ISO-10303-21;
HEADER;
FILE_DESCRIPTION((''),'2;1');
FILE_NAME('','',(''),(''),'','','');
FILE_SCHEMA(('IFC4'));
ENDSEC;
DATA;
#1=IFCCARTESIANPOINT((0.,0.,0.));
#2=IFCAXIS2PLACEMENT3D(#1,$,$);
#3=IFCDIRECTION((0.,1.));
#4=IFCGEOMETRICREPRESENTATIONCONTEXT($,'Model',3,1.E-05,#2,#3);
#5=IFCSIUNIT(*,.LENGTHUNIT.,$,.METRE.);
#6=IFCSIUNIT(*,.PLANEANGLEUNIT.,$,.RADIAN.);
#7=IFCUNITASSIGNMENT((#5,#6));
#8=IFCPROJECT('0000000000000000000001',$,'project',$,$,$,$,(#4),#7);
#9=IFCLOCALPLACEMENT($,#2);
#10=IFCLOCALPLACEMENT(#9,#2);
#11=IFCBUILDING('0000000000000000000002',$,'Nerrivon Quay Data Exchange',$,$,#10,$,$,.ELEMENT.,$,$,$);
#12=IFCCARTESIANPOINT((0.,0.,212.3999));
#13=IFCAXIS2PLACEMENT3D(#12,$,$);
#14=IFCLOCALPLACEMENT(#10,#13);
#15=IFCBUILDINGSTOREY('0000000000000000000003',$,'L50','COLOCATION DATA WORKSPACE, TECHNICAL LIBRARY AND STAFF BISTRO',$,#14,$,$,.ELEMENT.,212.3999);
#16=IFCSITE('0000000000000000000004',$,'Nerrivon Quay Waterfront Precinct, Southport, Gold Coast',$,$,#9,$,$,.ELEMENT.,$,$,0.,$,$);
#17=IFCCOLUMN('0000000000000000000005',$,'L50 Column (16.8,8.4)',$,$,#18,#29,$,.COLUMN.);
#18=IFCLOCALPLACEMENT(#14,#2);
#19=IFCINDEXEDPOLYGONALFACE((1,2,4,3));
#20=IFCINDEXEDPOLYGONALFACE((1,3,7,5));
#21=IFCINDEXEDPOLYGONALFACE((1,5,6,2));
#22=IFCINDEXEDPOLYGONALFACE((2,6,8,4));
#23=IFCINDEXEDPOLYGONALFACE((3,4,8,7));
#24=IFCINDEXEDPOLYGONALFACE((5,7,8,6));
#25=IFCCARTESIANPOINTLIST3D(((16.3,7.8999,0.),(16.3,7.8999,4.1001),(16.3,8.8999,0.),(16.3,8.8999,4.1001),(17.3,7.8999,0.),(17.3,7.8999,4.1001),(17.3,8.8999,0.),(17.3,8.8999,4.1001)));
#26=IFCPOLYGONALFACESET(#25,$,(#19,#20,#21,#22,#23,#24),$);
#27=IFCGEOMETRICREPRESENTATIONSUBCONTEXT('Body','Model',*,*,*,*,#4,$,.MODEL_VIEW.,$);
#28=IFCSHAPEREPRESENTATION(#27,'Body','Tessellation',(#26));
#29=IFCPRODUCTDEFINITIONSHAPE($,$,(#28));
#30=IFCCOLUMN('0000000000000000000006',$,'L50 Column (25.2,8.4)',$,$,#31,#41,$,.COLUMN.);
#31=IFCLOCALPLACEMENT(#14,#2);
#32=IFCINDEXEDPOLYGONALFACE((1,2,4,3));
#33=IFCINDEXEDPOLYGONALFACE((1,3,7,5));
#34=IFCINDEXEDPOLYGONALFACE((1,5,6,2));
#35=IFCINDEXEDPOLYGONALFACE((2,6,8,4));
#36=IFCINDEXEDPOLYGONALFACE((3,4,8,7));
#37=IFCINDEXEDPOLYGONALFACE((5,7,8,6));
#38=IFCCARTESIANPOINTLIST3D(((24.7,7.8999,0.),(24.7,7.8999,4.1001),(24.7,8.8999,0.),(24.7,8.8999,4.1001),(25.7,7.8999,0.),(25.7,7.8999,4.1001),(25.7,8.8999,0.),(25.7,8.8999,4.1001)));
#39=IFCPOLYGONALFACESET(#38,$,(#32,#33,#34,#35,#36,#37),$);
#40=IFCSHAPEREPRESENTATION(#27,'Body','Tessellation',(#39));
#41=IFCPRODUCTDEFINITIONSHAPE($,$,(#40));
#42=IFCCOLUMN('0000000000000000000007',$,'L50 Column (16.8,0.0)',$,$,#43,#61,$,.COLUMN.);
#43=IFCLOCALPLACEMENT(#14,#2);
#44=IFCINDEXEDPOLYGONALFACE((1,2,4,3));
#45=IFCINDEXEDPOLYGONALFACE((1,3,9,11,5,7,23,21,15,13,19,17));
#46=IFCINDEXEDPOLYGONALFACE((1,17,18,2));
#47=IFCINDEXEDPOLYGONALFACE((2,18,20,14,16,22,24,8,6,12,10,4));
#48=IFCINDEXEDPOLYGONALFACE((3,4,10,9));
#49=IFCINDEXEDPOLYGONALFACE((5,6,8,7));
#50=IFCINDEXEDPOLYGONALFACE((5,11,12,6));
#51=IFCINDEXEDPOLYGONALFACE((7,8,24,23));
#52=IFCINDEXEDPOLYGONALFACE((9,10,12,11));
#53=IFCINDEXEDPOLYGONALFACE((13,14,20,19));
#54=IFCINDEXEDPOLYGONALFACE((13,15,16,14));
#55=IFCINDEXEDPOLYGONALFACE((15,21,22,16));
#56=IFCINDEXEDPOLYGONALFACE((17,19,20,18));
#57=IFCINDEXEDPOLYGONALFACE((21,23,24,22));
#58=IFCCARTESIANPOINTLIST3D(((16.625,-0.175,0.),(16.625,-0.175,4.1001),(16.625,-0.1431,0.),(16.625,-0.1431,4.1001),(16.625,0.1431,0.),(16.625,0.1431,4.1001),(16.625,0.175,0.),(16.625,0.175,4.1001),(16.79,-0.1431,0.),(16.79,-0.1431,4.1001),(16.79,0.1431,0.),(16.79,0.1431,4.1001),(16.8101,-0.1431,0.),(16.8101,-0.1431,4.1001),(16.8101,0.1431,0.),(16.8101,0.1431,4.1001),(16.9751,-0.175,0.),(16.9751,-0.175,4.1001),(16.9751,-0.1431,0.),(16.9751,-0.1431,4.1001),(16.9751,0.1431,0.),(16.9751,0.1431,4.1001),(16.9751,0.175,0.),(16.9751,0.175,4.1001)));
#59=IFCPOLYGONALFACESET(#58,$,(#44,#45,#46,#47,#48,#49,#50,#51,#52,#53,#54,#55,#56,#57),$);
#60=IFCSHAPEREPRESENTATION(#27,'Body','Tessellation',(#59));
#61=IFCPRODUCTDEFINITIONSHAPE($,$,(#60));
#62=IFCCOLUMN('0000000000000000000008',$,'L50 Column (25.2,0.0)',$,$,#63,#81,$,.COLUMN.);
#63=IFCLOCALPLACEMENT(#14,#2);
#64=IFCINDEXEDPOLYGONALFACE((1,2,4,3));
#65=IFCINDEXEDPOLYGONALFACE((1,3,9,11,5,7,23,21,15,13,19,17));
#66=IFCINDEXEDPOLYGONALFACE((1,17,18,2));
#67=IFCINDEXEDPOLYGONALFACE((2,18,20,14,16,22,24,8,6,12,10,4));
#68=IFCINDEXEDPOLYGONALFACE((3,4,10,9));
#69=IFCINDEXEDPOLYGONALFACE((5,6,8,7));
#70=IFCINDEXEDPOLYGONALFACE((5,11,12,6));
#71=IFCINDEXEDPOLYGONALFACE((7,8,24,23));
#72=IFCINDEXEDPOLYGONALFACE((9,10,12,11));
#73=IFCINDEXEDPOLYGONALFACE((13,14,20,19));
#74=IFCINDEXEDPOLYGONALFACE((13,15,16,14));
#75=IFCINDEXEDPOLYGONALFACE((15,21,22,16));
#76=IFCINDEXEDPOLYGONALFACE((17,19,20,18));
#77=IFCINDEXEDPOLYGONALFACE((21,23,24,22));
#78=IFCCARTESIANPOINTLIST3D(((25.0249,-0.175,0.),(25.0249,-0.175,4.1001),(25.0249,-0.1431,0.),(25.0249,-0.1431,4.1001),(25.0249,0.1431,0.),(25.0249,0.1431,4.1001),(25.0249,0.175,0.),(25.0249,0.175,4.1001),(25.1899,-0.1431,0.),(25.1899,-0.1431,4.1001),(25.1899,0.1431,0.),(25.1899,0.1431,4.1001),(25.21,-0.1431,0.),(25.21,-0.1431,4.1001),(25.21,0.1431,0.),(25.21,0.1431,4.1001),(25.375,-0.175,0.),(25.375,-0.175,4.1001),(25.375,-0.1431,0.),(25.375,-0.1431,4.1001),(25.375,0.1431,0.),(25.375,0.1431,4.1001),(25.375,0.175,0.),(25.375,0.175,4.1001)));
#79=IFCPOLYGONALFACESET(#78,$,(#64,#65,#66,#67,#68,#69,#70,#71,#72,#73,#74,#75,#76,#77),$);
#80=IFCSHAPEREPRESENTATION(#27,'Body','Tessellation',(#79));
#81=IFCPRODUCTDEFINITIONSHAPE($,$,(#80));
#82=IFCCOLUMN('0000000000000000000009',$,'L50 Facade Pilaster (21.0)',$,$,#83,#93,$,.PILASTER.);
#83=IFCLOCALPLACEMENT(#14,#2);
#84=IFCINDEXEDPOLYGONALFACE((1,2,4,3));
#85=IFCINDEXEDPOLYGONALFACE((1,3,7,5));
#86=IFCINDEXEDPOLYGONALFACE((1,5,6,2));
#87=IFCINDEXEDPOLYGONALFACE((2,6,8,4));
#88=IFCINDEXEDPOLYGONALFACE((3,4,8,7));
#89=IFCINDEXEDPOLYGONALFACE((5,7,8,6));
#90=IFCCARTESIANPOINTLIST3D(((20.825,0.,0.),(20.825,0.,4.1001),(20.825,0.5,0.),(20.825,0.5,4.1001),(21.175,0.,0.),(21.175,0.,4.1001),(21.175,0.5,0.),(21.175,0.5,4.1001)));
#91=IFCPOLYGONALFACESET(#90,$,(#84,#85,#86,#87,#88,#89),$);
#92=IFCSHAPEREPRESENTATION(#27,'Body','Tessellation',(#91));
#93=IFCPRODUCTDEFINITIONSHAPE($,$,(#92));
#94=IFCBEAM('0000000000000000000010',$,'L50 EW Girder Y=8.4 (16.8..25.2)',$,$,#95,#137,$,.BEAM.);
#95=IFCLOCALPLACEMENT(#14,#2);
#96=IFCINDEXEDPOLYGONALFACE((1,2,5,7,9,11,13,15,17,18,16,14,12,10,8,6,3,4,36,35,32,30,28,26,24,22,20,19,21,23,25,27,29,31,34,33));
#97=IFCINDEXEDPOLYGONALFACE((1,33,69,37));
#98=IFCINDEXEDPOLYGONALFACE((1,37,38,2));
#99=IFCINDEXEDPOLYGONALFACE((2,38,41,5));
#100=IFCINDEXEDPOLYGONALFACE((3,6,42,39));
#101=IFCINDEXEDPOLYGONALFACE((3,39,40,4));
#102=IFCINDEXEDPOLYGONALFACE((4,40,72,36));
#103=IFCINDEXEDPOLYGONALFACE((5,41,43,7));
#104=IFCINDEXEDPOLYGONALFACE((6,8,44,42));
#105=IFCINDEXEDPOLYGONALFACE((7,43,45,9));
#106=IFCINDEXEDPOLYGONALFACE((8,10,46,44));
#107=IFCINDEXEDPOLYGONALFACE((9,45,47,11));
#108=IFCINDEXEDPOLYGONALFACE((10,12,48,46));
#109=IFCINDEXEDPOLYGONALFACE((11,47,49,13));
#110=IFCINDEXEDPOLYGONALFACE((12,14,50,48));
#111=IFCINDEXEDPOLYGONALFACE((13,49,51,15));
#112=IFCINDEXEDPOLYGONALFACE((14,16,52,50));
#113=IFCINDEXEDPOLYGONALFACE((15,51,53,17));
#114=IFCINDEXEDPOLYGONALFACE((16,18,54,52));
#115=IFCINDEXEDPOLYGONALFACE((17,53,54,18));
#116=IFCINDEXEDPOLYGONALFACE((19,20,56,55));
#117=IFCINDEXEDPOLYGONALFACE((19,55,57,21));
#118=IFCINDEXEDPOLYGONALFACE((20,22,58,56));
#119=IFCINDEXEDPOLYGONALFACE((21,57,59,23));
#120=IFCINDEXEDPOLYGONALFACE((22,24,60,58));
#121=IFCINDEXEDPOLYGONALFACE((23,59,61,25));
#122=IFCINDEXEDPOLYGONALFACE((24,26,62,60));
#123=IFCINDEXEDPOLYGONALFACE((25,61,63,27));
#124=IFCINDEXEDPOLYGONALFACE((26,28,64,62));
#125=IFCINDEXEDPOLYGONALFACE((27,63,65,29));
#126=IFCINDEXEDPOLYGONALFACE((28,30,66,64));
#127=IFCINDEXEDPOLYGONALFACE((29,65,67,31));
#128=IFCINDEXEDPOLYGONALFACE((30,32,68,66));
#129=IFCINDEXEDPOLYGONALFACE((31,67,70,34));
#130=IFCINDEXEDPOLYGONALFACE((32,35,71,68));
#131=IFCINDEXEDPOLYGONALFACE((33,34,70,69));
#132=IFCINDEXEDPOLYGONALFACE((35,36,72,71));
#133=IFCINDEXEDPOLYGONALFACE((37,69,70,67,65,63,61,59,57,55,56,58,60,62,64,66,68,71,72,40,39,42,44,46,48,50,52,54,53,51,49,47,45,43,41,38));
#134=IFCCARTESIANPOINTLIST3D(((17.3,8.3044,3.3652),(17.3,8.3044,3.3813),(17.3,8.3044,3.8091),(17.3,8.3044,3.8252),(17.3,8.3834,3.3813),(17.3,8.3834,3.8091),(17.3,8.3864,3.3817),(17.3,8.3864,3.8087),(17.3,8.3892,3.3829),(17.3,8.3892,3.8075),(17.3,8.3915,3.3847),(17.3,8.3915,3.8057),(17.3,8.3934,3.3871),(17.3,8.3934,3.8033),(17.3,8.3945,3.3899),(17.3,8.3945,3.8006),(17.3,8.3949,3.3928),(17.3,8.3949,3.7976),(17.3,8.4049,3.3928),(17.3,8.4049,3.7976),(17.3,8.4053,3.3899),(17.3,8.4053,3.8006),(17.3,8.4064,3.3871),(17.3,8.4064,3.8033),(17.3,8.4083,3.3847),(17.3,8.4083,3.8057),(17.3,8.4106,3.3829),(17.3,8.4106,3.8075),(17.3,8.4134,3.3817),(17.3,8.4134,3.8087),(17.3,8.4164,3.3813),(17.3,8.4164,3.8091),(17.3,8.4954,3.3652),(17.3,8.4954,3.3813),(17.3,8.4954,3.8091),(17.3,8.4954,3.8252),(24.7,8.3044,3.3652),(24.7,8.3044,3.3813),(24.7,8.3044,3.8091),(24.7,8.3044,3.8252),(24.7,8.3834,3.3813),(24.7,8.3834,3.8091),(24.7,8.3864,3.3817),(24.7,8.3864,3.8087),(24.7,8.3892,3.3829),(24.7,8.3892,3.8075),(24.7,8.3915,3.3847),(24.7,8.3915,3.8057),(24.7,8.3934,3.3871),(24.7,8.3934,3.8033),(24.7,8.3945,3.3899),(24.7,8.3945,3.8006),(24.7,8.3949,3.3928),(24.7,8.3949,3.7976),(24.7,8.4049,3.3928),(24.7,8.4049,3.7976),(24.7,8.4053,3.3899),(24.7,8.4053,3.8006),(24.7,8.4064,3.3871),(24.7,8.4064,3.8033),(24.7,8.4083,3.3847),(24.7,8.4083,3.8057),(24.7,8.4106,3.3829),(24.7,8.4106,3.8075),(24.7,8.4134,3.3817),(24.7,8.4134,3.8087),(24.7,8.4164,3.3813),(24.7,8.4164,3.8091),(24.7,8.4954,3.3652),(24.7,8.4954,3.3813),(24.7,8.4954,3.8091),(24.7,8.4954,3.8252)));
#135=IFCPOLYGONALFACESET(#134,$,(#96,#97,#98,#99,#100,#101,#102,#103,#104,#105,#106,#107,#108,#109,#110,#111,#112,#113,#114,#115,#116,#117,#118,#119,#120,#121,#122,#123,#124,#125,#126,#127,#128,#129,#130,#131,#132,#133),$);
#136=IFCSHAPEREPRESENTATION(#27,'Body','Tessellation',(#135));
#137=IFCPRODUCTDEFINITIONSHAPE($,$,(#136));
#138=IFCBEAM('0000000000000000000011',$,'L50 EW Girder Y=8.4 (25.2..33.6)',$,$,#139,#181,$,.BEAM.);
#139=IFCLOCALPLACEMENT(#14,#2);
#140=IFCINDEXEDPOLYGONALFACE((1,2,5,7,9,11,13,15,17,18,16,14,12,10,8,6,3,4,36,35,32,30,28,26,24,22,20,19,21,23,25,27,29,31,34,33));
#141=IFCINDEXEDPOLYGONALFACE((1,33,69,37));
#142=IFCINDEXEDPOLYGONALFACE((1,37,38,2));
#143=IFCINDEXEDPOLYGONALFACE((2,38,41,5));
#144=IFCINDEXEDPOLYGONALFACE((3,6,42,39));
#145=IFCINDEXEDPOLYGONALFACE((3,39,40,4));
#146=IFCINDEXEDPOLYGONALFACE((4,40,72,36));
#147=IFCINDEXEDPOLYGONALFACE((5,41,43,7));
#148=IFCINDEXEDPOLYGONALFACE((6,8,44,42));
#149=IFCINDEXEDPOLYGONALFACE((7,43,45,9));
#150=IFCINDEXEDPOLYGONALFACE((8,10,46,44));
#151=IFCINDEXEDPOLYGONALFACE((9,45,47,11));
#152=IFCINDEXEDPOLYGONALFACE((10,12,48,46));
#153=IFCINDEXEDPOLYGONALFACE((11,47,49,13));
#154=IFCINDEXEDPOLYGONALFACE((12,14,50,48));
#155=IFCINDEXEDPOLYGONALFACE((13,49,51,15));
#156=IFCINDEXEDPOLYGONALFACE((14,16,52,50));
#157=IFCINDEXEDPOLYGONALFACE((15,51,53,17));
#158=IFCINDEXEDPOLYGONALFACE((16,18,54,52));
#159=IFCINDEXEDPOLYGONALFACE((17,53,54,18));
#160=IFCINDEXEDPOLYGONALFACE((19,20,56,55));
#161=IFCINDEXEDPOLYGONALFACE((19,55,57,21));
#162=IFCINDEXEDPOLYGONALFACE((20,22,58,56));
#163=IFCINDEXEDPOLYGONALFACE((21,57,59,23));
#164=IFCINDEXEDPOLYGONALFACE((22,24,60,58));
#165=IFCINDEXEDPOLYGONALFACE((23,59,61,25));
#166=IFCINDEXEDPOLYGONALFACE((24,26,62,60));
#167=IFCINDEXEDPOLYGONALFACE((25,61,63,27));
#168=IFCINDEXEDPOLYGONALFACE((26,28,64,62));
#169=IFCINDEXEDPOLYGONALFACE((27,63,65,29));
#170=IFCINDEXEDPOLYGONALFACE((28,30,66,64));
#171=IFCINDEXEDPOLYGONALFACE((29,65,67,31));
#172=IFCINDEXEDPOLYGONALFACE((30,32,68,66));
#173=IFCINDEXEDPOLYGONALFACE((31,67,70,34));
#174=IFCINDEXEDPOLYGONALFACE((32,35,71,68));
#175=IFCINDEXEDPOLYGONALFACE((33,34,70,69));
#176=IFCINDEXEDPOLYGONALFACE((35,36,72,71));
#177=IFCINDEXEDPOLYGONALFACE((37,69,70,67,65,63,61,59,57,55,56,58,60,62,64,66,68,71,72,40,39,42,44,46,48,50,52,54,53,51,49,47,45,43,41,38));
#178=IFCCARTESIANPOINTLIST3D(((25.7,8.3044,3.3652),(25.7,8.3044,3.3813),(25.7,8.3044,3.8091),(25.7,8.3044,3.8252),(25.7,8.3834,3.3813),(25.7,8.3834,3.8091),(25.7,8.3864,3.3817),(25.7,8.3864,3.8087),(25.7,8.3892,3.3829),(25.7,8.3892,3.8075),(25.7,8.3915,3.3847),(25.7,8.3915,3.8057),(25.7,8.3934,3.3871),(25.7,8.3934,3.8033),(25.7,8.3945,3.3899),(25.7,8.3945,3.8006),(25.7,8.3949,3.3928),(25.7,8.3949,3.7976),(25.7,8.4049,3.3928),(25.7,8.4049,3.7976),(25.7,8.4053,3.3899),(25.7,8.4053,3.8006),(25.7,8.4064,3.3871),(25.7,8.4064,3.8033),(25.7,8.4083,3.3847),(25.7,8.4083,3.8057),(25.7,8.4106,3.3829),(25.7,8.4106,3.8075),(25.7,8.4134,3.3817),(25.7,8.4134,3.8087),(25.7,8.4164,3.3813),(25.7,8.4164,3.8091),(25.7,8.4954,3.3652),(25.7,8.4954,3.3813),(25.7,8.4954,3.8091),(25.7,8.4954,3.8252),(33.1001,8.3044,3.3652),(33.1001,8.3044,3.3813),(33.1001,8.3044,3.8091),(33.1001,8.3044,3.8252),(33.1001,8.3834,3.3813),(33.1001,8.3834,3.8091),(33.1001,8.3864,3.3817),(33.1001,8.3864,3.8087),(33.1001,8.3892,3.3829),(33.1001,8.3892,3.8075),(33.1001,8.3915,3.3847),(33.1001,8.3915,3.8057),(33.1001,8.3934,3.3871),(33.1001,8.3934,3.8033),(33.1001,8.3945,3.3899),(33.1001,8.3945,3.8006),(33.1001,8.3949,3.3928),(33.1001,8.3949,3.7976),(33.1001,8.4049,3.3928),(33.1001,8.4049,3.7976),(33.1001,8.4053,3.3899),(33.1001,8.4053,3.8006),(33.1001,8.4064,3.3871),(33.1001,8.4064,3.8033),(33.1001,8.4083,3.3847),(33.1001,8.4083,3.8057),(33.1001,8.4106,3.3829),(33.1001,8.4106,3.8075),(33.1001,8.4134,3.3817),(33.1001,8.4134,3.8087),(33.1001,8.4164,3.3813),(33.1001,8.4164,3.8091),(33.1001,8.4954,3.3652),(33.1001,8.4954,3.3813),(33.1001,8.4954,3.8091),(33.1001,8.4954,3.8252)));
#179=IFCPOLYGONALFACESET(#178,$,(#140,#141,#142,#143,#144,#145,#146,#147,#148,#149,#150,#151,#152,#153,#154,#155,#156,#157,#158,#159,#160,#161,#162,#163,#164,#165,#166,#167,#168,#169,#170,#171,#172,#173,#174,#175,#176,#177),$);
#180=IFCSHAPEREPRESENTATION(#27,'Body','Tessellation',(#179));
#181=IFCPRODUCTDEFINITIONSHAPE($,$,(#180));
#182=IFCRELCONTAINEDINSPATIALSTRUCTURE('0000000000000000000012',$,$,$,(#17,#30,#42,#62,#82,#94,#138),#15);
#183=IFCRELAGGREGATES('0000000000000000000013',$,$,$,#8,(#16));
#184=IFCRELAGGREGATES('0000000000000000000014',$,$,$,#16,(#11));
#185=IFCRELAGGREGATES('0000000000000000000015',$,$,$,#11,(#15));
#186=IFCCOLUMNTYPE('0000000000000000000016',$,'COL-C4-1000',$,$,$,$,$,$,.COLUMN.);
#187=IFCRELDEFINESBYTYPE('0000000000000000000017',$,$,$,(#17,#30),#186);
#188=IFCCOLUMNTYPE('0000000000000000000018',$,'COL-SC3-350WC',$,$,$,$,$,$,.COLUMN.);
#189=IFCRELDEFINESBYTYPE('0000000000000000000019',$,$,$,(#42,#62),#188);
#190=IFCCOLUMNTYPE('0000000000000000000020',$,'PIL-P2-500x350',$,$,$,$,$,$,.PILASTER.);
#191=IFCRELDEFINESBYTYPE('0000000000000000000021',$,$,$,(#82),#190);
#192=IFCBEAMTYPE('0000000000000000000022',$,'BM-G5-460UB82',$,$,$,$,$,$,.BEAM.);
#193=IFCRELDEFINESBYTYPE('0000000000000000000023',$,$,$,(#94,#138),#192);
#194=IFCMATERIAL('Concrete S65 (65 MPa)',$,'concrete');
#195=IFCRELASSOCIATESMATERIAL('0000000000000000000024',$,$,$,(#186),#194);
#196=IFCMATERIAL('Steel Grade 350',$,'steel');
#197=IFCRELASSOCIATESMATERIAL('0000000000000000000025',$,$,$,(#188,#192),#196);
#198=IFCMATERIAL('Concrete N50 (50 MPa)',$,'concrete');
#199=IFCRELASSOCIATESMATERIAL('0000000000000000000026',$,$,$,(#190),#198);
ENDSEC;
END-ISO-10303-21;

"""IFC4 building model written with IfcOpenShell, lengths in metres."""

from ifc_helpers import new_model, si_unit, direction, frame, origin, origin_2d, place, context, subcontext, project, spatial, rectangle, i_section, extrude, material, material_profile, profile_set, type_object, element, save


model = new_model("IFC4")

# Units and contexts
model_context = context("Model", 3, precision=1e-05, world=origin(), true_north=direction((0.0, 1.0)))
body_context = subcontext(model_context, "Body", "Model", "MODEL_VIEW")
ifc_project = project(units=[si_unit("LENGTHUNIT", "METRE"), si_unit("PLANEANGLEUNIT", "RADIAN")], contexts=[model_context])

# Site, building, storey
site_placement = place(None, origin())
site = spatial("IfcSite", under=ifc_project, at=site_placement, Name="Nerrivon Quay Waterfront Precinct, Southport, Gold Coast", CompositionType="ELEMENT", RefElevation=0.0)
building_placement = place(site_placement, origin())
building = spatial("IfcBuilding", under=site, at=building_placement, Name="Nerrivon Quay Data Exchange", CompositionType="ELEMENT")
storey_placement = place(building_placement, frame((0.0, 0.0, 212.3999)))
storey = spatial("IfcBuildingStorey", under=building, at=storey_placement, Name="L50", Description="COLOCATION DATA WORKSPACE, TECHNICAL LIBRARY AND STAFF BISTRO", CompositionType="ELEMENT", Elevation=212.3999)

# Columns
ifc_material_1 = material(Name="Concrete S65 (65 MPa)", Category="concrete")
ifc_material_profile_1 = material_profile(ifc_material_1, rectangle(XDim=1.0, YDim=1.0, at=origin_2d()), Name="RC-COL-1000x1000")
ifc_profile_set_1 = profile_set([ifc_material_profile_1], Name="Concrete S65 (65 MPa)")
column_type_1 = type_object("IfcColumnType", Name="COL-C4-1000", PredefinedType="COLUMN", material=ifc_profile_set_1)
for number, where, z_axis, x_axis, name in (
    (1, (16.8, 8.3999, 0.0), (0.0, 0.0, 1.0), (1.0, 0.0, 0.0), "L50 Column (16.8,8.4)"),
    (2, (25.2, 8.3999, 0.0), (0.0, 0.0, 1.0), (1.0, 0.0, 0.0), "L50 Column (25.2,8.4)"),
):
    element("IfcColumn", number, at=place(storey_placement, frame(where, z_axis=z_axis, x_axis=x_axis)), inside=storey, type_object=column_type_1, Name=name, PredefinedType="COLUMN", context=body_context, shape_type="SweptSolid", body=[
        extrude(rectangle(XDim=1.0, YDim=1.0, at=origin_2d()), origin(), (0.0, 0.0, 1.0), 4.1001),
    ])
ifc_material_2 = material(Name="Steel Grade 350", Category="steel")
ifc_material_profile_2 = material_profile(ifc_material_2, i_section(OverallWidth=0.3501, OverallDepth=0.3501, WebThickness=0.02, FlangeThickness=0.032, at=origin_2d()), Name="350WC230")
ifc_profile_set_2 = profile_set([ifc_material_profile_2], Name="Steel Grade 350")
column_type_2 = type_object("IfcColumnType", Name="COL-SC3-350WC", PredefinedType="COLUMN", material=ifc_profile_set_2)
for number, where, z_axis, x_axis, name in (
    (3, (16.8, 0.0, 0.0), (0.0, 0.0, 1.0), (1.0, 0.0, 0.0), "L50 Column (16.8,0.0)"),
    (4, (25.2, 0.0, 0.0), (0.0, 0.0, 1.0), (1.0, 0.0, 0.0), "L50 Column (25.2,0.0)"),
):
    element("IfcColumn", number, at=place(storey_placement, frame(where, z_axis=z_axis, x_axis=x_axis)), inside=storey, type_object=column_type_2, Name=name, PredefinedType="COLUMN", context=body_context, shape_type="SweptSolid", body=[
        extrude(i_section(OverallWidth=0.3501, OverallDepth=0.3501, WebThickness=0.02, FlangeThickness=0.032, at=origin_2d()), origin(), (0.0, 0.0, 1.0), 4.1001),
    ])
ifc_material_3 = material(Name="Concrete N50 (50 MPa)", Category="concrete")
ifc_material_profile_3 = material_profile(ifc_material_3, rectangle(XDim=0.3501, YDim=0.5, at=origin_2d()), Name="RC-PIL-500x350")
ifc_profile_set_3 = profile_set([ifc_material_profile_3], Name="Concrete N50 (50 MPa)")
column_type_3 = type_object("IfcColumnType", Name="PIL-P2-500x350", PredefinedType="PILASTER", material=ifc_profile_set_3)
column_placement = place(storey_placement, frame((21.0, 0.25, 0.0), z_axis=(0.0, 0.0, 1.0), x_axis=(1.0, 0.0, 0.0)))
element("IfcColumn", 5, at=column_placement, inside=storey, type_object=column_type_3, Name="L50 Facade Pilaster (21.0)", PredefinedType="PILASTER", context=body_context, shape_type="SweptSolid", body=[
    extrude(rectangle(XDim=0.3501, YDim=0.5, at=origin_2d()), origin(), (0.0, 0.0, 1.0), 4.1001),
])

# Beams
ifc_material_profile_4 = material_profile(ifc_material_2, i_section(OverallWidth=0.1909, OverallDepth=0.46, WebThickness=0.01, FlangeThickness=0.0161, FilletRadius=0.0115, at=origin_2d()), Name="460UB82.1")
ifc_profile_set_4 = profile_set([ifc_material_profile_4], Name="Steel Grade 350")
beam_type_1 = type_object("IfcBeamType", Name="BM-G5-460UB82", PredefinedType="BEAM", material=ifc_profile_set_4)
beam_1_placement = place(storey_placement, frame((17.3, 8.3999, 3.5952), z_axis=(1.0, 0.0, 0.0), x_axis=(0.0, 1.0, 0.0)))
element("IfcBeam", 6, at=beam_1_placement, inside=storey, type_object=beam_type_1, Name="L50 EW Girder Y=8.4 (16.8..25.2)", PredefinedType="BEAM", context=body_context, shape_type="SweptSolid", body=[
    extrude(i_section(OverallWidth=0.1909, OverallDepth=0.46, WebThickness=0.01, FlangeThickness=0.0161, FilletRadius=0.0115, at=origin_2d()), origin(), (0.0, 0.0, 1.0), 7.3999),
])
beam_2_placement = place(storey_placement, frame((25.7, 8.3999, 3.5952), z_axis=(1.0, 0.0, 0.0), x_axis=(0.0, 1.0, 0.0)))
element("IfcBeam", 7, at=beam_2_placement, inside=storey, type_object=beam_type_1, Name="L50 EW Girder Y=8.4 (25.2..33.6)", PredefinedType="BEAM", context=body_context, shape_type="SweptSolid", body=[
    extrude(i_section(OverallWidth=0.1909, OverallDepth=0.46, WebThickness=0.01, FlangeThickness=0.0161, FilletRadius=0.0115, at=origin_2d()), origin(), (0.0, 0.0, 1.0), 7.4001),
])

save(model, "model.ifc")
